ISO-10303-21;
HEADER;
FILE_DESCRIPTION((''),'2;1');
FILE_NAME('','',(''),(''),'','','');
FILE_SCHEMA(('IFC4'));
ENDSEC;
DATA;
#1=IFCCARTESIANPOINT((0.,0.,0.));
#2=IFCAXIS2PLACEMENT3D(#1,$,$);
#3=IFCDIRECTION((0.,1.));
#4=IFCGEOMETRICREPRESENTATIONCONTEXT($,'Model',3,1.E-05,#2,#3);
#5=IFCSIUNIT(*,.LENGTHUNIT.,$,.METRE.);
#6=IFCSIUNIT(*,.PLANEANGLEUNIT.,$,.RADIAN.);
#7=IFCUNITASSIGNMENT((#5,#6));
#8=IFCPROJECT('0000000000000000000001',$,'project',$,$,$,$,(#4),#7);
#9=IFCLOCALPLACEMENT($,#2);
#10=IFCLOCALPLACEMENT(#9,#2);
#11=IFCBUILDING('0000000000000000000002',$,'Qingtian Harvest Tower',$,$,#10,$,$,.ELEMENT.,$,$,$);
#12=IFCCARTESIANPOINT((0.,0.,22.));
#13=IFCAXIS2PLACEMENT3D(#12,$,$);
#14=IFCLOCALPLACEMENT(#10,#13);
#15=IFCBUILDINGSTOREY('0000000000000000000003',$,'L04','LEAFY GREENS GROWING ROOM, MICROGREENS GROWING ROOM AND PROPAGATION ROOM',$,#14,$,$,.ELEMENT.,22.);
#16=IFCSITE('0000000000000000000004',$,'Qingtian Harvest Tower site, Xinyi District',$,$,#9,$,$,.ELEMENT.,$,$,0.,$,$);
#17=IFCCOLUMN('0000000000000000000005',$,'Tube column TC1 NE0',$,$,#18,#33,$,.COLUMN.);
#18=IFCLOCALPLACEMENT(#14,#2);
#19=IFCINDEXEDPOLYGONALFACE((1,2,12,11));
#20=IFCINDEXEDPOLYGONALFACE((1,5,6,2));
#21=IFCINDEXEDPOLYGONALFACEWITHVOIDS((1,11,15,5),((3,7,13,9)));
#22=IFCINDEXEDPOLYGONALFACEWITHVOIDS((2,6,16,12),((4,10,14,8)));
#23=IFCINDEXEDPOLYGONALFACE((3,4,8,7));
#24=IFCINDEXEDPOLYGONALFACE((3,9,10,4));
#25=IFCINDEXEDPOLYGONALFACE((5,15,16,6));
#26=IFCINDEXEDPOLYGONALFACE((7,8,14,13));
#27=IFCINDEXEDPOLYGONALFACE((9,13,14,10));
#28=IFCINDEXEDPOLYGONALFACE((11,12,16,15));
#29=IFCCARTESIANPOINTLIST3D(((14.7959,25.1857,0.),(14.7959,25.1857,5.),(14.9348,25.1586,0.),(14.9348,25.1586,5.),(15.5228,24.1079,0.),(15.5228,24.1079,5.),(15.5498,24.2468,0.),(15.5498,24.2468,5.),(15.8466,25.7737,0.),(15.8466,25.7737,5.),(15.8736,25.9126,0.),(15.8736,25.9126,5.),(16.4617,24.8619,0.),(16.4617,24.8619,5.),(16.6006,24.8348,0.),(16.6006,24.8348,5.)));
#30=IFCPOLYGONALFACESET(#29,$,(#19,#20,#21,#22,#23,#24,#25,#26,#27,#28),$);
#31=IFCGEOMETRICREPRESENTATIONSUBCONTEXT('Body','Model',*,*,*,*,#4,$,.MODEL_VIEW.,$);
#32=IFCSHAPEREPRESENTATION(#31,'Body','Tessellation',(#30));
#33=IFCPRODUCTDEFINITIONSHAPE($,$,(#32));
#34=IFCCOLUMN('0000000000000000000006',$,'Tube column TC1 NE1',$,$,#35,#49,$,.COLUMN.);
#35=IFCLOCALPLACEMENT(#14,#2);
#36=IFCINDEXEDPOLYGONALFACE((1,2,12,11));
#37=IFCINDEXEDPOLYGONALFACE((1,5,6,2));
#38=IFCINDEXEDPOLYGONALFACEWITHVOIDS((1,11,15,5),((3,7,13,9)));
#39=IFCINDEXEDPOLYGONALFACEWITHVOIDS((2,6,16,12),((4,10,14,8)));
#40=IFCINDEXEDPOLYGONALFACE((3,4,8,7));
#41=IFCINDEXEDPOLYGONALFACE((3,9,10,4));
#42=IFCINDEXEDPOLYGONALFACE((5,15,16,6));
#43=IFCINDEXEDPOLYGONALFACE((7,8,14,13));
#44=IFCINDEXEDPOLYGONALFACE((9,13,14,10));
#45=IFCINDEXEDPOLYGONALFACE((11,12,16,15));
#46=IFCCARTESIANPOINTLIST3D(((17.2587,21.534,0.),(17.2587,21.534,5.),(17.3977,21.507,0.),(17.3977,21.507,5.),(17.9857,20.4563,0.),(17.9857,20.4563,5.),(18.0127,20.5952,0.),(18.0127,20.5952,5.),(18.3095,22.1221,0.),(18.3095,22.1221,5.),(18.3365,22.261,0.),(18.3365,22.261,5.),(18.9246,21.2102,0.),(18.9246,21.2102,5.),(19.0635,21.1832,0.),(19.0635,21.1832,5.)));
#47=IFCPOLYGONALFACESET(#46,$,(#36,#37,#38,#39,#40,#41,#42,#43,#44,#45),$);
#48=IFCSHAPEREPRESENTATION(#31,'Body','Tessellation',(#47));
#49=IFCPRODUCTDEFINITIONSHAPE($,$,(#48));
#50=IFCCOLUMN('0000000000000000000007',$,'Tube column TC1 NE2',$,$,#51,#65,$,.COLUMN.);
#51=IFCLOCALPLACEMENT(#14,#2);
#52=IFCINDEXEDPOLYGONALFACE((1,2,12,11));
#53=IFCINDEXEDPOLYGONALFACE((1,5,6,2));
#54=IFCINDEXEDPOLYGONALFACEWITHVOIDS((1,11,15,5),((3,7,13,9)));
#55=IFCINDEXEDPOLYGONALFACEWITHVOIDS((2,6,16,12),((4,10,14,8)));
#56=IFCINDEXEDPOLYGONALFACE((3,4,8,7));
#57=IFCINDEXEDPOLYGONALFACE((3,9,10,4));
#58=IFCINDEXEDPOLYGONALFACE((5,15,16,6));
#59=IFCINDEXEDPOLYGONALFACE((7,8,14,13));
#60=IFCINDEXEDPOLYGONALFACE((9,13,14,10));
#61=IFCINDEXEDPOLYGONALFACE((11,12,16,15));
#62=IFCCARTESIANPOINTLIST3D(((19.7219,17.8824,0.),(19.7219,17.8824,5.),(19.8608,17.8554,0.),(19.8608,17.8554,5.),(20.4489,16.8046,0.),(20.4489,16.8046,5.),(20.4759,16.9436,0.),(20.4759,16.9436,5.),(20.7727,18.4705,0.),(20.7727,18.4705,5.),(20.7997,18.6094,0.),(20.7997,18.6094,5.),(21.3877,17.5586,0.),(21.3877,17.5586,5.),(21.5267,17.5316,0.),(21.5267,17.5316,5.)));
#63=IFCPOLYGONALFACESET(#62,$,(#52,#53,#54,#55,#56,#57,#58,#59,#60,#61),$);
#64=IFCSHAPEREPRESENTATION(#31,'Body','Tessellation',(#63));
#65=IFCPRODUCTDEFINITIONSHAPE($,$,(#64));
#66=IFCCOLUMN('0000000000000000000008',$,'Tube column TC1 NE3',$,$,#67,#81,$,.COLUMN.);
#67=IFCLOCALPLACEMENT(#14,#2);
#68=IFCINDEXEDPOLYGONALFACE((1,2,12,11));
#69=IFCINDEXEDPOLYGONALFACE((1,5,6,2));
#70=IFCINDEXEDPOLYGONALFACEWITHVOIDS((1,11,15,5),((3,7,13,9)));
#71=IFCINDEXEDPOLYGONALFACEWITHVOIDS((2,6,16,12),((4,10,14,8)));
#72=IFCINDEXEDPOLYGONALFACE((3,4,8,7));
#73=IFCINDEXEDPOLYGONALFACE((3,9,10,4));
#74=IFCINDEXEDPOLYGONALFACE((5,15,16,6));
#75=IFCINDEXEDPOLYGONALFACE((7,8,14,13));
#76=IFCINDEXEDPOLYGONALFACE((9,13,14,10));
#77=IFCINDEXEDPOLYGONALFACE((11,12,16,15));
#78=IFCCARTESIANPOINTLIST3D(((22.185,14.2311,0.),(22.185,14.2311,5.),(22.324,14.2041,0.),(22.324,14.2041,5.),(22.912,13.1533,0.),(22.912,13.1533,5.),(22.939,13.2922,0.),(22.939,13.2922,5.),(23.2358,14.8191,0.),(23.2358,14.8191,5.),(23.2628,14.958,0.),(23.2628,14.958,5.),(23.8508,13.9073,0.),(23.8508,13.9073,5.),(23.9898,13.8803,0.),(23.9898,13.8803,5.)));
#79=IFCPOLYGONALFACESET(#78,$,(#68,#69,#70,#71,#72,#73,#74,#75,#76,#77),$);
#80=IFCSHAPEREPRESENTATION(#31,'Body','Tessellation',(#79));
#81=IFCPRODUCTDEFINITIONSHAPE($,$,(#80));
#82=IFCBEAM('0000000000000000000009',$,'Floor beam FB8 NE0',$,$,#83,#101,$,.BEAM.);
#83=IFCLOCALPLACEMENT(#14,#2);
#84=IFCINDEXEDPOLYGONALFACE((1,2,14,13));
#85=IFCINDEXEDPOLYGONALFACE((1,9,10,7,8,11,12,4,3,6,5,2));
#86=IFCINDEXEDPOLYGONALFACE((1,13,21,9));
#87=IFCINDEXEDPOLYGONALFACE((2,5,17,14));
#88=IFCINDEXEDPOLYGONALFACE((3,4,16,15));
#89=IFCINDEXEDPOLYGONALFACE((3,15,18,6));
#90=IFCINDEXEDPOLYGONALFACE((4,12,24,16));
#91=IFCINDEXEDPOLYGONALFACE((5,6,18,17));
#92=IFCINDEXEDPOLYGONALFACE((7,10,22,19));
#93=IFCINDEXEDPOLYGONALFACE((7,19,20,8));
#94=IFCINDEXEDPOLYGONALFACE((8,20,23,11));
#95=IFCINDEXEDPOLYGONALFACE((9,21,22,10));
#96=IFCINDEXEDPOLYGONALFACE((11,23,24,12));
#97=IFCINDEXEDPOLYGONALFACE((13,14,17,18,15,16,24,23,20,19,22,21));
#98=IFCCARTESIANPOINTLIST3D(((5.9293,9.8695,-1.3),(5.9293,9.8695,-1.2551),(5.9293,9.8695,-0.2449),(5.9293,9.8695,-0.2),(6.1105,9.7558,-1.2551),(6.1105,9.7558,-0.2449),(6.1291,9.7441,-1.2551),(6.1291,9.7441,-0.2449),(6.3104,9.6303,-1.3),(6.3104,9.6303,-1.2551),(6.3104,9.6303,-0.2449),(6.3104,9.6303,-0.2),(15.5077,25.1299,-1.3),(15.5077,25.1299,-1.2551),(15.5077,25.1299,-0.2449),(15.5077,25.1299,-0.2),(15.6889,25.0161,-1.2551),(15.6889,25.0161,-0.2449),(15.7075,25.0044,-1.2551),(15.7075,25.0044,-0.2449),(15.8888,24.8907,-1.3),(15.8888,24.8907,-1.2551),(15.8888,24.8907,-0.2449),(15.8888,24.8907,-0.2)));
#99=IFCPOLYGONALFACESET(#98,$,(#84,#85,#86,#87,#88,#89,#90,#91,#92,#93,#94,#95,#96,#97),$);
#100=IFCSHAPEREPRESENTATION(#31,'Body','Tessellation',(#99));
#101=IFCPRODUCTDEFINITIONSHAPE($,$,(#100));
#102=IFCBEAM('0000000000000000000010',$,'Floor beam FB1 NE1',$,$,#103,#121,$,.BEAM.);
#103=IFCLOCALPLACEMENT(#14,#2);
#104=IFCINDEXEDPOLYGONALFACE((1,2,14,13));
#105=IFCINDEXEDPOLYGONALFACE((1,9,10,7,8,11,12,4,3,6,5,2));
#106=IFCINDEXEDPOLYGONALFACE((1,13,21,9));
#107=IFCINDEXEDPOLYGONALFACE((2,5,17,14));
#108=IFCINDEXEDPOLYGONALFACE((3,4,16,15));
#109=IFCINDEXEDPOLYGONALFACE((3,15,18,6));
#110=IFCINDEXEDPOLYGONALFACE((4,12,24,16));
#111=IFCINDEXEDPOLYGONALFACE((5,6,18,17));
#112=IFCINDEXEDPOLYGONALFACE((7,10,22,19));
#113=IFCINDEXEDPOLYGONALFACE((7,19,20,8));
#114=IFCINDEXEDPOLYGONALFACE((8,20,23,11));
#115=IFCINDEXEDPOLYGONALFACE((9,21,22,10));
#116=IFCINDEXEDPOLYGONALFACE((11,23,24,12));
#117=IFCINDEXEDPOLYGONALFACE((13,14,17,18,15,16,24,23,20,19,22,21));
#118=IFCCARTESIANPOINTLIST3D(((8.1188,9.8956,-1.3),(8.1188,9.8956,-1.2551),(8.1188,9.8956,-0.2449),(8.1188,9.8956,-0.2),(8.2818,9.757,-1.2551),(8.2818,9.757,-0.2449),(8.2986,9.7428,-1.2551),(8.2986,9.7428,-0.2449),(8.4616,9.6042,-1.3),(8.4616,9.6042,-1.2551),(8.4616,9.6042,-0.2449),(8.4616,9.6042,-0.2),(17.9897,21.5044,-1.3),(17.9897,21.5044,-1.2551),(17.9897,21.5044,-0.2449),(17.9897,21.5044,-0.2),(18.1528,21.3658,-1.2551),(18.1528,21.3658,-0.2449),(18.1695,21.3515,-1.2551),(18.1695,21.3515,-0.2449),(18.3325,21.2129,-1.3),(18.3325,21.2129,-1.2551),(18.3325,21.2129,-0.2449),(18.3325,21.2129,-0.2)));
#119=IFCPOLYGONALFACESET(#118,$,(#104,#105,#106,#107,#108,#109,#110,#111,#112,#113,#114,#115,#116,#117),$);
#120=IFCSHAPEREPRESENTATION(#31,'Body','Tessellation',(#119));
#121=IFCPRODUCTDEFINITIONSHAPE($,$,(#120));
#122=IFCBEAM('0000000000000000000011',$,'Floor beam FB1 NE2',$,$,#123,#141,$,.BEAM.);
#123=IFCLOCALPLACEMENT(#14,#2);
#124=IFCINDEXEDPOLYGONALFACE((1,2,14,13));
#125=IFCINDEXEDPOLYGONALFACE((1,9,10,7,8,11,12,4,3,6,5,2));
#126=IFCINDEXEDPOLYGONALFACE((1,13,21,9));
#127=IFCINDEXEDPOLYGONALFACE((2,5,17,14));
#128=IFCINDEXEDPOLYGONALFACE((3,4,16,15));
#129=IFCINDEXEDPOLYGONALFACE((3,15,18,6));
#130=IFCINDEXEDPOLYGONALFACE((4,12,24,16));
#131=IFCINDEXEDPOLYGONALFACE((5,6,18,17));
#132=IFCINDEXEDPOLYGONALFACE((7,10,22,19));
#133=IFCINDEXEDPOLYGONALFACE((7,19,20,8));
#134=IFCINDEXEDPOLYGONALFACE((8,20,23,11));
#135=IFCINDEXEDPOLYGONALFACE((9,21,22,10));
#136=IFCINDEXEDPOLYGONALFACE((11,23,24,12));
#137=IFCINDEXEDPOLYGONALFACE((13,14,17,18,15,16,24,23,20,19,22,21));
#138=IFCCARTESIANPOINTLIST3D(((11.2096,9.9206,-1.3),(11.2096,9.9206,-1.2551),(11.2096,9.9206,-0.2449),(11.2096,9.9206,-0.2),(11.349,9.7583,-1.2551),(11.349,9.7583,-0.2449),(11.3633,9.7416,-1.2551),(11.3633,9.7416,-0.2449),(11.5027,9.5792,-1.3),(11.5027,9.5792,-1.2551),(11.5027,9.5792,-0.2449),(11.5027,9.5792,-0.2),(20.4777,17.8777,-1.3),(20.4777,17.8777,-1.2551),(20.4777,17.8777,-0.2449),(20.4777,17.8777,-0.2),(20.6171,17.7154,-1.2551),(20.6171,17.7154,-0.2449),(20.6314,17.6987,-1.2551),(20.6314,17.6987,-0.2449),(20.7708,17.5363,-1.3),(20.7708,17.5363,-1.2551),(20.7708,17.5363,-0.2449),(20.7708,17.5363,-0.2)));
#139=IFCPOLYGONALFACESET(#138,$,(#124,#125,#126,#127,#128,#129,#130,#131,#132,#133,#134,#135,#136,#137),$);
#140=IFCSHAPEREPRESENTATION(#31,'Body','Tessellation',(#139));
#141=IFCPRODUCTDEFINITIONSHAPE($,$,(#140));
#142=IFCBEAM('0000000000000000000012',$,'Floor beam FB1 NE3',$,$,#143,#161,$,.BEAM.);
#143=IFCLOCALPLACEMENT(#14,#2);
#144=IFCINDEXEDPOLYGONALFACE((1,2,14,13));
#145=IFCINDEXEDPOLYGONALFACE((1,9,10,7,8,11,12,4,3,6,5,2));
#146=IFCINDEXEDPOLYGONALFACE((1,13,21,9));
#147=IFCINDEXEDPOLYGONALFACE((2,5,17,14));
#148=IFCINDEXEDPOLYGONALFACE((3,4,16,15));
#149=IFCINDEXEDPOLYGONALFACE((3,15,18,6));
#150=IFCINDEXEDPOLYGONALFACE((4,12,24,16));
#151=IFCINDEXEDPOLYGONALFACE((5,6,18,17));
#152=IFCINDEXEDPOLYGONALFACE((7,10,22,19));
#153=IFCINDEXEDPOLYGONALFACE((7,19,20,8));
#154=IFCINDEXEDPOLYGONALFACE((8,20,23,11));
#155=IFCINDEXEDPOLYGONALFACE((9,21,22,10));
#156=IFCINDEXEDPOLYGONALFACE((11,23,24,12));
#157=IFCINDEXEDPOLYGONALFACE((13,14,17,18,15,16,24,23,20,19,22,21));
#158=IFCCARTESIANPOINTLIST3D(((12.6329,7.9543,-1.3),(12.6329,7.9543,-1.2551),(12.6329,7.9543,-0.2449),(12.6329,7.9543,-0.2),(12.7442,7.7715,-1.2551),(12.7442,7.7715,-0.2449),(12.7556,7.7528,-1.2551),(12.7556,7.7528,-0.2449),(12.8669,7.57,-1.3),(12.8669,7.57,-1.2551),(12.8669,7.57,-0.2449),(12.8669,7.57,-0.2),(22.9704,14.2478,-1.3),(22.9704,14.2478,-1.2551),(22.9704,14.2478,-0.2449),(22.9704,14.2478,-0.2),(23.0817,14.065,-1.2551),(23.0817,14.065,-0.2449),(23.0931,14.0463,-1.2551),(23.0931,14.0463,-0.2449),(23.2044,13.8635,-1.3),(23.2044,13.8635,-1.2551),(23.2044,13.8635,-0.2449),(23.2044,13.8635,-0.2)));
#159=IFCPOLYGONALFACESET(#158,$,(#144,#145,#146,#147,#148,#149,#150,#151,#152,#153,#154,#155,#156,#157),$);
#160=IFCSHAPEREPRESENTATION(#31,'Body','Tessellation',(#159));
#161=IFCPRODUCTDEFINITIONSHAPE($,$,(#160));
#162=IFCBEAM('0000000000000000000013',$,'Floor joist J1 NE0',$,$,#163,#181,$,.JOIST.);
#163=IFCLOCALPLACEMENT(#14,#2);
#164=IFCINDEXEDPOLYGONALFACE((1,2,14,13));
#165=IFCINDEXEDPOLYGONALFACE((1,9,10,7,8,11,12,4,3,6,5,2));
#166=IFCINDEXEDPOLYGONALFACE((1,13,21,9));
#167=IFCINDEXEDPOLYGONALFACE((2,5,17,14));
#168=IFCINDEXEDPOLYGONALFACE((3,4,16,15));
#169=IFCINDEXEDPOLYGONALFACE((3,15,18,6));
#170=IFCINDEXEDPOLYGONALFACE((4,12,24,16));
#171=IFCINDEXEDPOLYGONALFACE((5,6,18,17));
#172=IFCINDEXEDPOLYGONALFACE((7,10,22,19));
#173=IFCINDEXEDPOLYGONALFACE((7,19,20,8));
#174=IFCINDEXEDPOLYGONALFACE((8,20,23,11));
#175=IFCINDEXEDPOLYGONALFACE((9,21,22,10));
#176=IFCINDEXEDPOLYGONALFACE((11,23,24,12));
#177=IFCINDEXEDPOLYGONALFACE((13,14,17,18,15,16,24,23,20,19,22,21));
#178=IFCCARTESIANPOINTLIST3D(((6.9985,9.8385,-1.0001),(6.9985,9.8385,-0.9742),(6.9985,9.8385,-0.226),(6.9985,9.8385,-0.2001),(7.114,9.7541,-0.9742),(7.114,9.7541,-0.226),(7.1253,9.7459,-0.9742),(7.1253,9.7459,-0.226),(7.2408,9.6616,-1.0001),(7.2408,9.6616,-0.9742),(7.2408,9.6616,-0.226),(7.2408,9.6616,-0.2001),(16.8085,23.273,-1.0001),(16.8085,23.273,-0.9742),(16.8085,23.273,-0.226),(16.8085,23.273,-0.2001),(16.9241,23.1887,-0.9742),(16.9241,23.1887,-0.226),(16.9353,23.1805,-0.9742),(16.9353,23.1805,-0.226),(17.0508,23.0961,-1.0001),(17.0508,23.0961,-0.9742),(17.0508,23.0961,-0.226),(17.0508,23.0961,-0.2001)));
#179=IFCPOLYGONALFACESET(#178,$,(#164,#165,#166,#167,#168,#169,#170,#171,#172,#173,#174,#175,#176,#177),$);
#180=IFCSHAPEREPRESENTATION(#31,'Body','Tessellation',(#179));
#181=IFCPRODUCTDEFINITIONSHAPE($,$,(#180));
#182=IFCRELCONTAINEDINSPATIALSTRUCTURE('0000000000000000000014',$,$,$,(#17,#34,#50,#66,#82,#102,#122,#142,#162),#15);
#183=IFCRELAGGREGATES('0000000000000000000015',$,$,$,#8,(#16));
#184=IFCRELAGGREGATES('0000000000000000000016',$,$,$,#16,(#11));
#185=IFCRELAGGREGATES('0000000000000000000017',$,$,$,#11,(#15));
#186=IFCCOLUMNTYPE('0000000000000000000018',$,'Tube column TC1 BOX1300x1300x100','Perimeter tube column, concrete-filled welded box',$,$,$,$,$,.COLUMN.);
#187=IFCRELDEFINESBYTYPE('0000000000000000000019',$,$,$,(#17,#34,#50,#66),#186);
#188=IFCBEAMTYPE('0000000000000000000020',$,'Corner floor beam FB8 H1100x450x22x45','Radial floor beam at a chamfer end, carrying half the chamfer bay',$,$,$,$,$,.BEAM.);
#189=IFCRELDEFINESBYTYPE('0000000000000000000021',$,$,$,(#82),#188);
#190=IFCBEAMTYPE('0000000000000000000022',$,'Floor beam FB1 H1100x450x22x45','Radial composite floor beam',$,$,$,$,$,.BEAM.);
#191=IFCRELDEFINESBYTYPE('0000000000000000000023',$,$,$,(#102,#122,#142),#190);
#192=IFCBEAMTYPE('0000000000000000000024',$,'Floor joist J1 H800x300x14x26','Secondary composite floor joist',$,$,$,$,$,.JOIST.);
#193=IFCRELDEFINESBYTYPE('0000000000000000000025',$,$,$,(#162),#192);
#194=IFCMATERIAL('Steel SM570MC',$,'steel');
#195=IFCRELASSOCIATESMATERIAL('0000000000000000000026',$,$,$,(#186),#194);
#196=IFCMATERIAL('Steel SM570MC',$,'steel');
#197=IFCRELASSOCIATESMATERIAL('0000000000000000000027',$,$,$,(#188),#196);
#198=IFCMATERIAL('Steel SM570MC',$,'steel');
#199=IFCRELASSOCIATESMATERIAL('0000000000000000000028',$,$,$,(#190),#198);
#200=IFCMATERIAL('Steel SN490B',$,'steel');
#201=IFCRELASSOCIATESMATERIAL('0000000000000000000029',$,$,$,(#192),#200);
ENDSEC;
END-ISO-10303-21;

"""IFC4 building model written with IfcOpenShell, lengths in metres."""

from ifc_helpers import new_model, si_unit, direction, frame, origin, origin_2d, place, context, subcontext, project, spatial, hollow_rectangle, i_section, extrude, material, material_profile, profile_set, type_object, element, save


model = new_model("IFC4")

# Units and contexts
model_context = context("Model", 3, precision=1e-05, world=origin(), true_north=direction((0.0, 1.0)))
body_context = subcontext(model_context, "Body", "Model", "MODEL_VIEW")
ifc_project = project(units=[si_unit("LENGTHUNIT", "METRE"), si_unit("PLANEANGLEUNIT", "RADIAN")], contexts=[model_context])

# Site, building, storey
site_placement = place(None, origin())
site = spatial("IfcSite", under=ifc_project, at=site_placement, Name="Qingtian Harvest Tower site, Xinyi District", CompositionType="ELEMENT", RefElevation=0.0)
building_placement = place(site_placement, origin())
building = spatial("IfcBuilding", under=site, at=building_placement, Name="Qingtian Harvest Tower", CompositionType="ELEMENT")
storey_placement = place(building_placement, frame((0.0, 0.0, 22.0)))
storey = spatial("IfcBuildingStorey", under=building, at=storey_placement, Name="L04", Description="LEAFY GREENS GROWING ROOM, MICROGREENS GROWING ROOM AND PROPAGATION ROOM", CompositionType="ELEMENT", Elevation=22.0)

# Columns
ifc_material_1 = material(Name="Steel SM570MC", Category="steel")
ifc_material_profile_1 = material_profile(ifc_material_1, hollow_rectangle(XDim=1.3, YDim=1.3, WallThickness=0.1001, at=origin_2d()), Name="BOX1300x1300x100")
ifc_profile_set_1 = profile_set([ifc_material_profile_1], Name="Steel SM570MC")
column_type = type_object("IfcColumnType", Name="Tube column TC1 BOX1300x1300x100", Description="Perimeter tube column, concrete-filled welded box", PredefinedType="COLUMN", material=ifc_profile_set_1)
for number, where, z_axis, x_axis, name in (
    (1, (15.6982, 25.0103, 0.0), (0.0, 0.0, 1.0), (-0.559193, 0.829038, 0.0), "Tube column TC1 NE0"),
    (2, (18.1611, 21.3586, 0.0), (0.0, 0.0, 1.0), (-0.559193, 0.829038, 0.0), "Tube column TC1 NE1"),
    (3, (20.6243, 17.707, 0.0), (0.0, 0.0, 1.0), (-0.559193, 0.829038, 0.0), "Tube column TC1 NE2"),
    (4, (23.0874, 14.0557, 0.0), (0.0, 0.0, 1.0), (-0.559193, 0.829038, 0.0), "Tube column TC1 NE3"),
):
    element("IfcColumn", number, at=place(storey_placement, frame(where, z_axis=z_axis, x_axis=x_axis)), inside=storey, type_object=column_type, Name=name, PredefinedType="COLUMN", context=body_context, shape_type="SweptSolid", body=[
        extrude(hollow_rectangle(XDim=1.3, YDim=1.3, WallThickness=0.1001, at=origin_2d()), origin(), (0.0, 0.0, 1.0), 5.0),
    ])

# Beams
ifc_material_2 = material(Name="Steel SM570MC", Category="steel")
ifc_material_profile_2 = material_profile(ifc_material_2, i_section(OverallWidth=0.45, OverallDepth=1.1001, WebThickness=0.022, FlangeThickness=0.0449, at=origin_2d()), Name="H1100x450x22x45")
ifc_profile_set_2 = profile_set([ifc_material_profile_2], Name="Steel SM570MC")
beam_type_1 = type_object("IfcBeamType", Name="Corner floor beam FB8 H1100x450x22x45", Description="Radial floor beam at a chamfer end, carrying half the chamfer bay", PredefinedType="BEAM", material=ifc_profile_set_2)
beam_1_placement = place(storey_placement, frame((15.6982, 25.0103, -0.75), z_axis=(-0.531623, -0.846981, 0.0), x_axis=(0.846981, -0.531623, 0.0)))
element("IfcBeam", 5, at=beam_1_placement, inside=storey, type_object=beam_type_1, Name="Floor beam FB8 NE0", PredefinedType="BEAM", context=body_context, shape_type="SweptSolid", body=[
    extrude(i_section(OverallWidth=0.45, OverallDepth=1.1001, WebThickness=0.022, FlangeThickness=0.0449, at=origin_2d()), origin(), (0.0, 0.0, 1.0), 18.0173),
])
ifc_material_3 = material(Name="Steel SM570MC", Category="steel")
ifc_material_profile_3 = material_profile(ifc_material_3, i_section(OverallWidth=0.45, OverallDepth=1.1001, WebThickness=0.022, FlangeThickness=0.0449, at=origin_2d()), Name="H1100x450x22x45")
ifc_profile_set_3 = profile_set([ifc_material_profile_3], Name="Steel SM570MC")
beam_type_2 = type_object("IfcBeamType", Name="Floor beam FB1 H1100x450x22x45", Description="Radial composite floor beam", PredefinedType="BEAM", material=ifc_profile_set_3)
beam_2_placement = place(storey_placement, frame((18.1611, 21.3586, -0.75), z_axis=(-0.647782, -0.761826, 0.0), x_axis=(0.761826, -0.647782, 0.0)))
element("IfcBeam", 6, at=beam_2_placement, inside=storey, type_object=beam_type_2, Name="Floor beam FB1 NE1", PredefinedType="BEAM", context=body_context, shape_type="SweptSolid", body=[
    extrude(i_section(OverallWidth=0.45, OverallDepth=1.1001, WebThickness=0.022, FlangeThickness=0.0449, at=origin_2d()), origin(), (0.0, 0.0, 1.0), 15.238),
])
beam_3_placement = place(storey_placement, frame((20.6243, 17.707, -0.75), z_axis=(-0.758732, -0.651403, 0.0), x_axis=(0.651403, -0.758732, 0.0)))
element("IfcBeam", 7, at=beam_3_placement, inside=storey, type_object=beam_type_2, Name="Floor beam FB1 NE2", PredefinedType="BEAM", context=body_context, shape_type="SweptSolid", body=[
    extrude(i_section(OverallWidth=0.45, OverallDepth=1.1001, WebThickness=0.022, FlangeThickness=0.0449, at=origin_2d()), origin(), (0.0, 0.0, 1.0), 12.2153),
])
beam_4_placement = place(storey_placement, frame((23.0874, 14.0557, -0.75), z_axis=(-0.854157, -0.520015, 0.0), x_axis=(0.520015, -0.854157, 0.0)))
element("IfcBeam", 8, at=beam_4_placement, inside=storey, type_object=beam_type_2, Name="Floor beam FB1 NE3", PredefinedType="BEAM", context=body_context, shape_type="SweptSolid", body=[
    extrude(i_section(OverallWidth=0.45, OverallDepth=1.1001, WebThickness=0.022, FlangeThickness=0.0449, at=origin_2d()), origin(), (0.0, 0.0, 1.0), 12.1025),
])
ifc_material_4 = material(Name="Steel SN490B", Category="steel")
ifc_material_profile_4 = material_profile(ifc_material_4, i_section(OverallWidth=0.3, OverallDepth=0.8, WebThickness=0.0139, FlangeThickness=0.0259, at=origin_2d()), Name="H800x300x14x26")
ifc_profile_set_4 = profile_set([ifc_material_profile_4], Name="Steel SN490B")
beam_type_3 = type_object("IfcBeamType", Name="Floor joist J1 H800x300x14x26", Description="Secondary composite floor joist", PredefinedType="JOIST", material=ifc_profile_set_4)
beam_5_placement = place(storey_placement, frame((16.9297, 23.1846, -0.6001), z_axis=(-0.589722, -0.807606, 0.0), x_axis=(0.807606, -0.589722, 0.0)))
element("IfcBeam", 9, at=beam_5_placement, inside=storey, type_object=beam_type_3, Name="Floor joist J1 NE0", PredefinedType="JOIST", context=body_context, shape_type="SweptSolid", body=[
    extrude(i_section(OverallWidth=0.3, OverallDepth=0.8, WebThickness=0.0139, FlangeThickness=0.0259, at=origin_2d()), origin(), (0.0, 0.0, 1.0), 16.635),
])

save(model, "model.ifc")
